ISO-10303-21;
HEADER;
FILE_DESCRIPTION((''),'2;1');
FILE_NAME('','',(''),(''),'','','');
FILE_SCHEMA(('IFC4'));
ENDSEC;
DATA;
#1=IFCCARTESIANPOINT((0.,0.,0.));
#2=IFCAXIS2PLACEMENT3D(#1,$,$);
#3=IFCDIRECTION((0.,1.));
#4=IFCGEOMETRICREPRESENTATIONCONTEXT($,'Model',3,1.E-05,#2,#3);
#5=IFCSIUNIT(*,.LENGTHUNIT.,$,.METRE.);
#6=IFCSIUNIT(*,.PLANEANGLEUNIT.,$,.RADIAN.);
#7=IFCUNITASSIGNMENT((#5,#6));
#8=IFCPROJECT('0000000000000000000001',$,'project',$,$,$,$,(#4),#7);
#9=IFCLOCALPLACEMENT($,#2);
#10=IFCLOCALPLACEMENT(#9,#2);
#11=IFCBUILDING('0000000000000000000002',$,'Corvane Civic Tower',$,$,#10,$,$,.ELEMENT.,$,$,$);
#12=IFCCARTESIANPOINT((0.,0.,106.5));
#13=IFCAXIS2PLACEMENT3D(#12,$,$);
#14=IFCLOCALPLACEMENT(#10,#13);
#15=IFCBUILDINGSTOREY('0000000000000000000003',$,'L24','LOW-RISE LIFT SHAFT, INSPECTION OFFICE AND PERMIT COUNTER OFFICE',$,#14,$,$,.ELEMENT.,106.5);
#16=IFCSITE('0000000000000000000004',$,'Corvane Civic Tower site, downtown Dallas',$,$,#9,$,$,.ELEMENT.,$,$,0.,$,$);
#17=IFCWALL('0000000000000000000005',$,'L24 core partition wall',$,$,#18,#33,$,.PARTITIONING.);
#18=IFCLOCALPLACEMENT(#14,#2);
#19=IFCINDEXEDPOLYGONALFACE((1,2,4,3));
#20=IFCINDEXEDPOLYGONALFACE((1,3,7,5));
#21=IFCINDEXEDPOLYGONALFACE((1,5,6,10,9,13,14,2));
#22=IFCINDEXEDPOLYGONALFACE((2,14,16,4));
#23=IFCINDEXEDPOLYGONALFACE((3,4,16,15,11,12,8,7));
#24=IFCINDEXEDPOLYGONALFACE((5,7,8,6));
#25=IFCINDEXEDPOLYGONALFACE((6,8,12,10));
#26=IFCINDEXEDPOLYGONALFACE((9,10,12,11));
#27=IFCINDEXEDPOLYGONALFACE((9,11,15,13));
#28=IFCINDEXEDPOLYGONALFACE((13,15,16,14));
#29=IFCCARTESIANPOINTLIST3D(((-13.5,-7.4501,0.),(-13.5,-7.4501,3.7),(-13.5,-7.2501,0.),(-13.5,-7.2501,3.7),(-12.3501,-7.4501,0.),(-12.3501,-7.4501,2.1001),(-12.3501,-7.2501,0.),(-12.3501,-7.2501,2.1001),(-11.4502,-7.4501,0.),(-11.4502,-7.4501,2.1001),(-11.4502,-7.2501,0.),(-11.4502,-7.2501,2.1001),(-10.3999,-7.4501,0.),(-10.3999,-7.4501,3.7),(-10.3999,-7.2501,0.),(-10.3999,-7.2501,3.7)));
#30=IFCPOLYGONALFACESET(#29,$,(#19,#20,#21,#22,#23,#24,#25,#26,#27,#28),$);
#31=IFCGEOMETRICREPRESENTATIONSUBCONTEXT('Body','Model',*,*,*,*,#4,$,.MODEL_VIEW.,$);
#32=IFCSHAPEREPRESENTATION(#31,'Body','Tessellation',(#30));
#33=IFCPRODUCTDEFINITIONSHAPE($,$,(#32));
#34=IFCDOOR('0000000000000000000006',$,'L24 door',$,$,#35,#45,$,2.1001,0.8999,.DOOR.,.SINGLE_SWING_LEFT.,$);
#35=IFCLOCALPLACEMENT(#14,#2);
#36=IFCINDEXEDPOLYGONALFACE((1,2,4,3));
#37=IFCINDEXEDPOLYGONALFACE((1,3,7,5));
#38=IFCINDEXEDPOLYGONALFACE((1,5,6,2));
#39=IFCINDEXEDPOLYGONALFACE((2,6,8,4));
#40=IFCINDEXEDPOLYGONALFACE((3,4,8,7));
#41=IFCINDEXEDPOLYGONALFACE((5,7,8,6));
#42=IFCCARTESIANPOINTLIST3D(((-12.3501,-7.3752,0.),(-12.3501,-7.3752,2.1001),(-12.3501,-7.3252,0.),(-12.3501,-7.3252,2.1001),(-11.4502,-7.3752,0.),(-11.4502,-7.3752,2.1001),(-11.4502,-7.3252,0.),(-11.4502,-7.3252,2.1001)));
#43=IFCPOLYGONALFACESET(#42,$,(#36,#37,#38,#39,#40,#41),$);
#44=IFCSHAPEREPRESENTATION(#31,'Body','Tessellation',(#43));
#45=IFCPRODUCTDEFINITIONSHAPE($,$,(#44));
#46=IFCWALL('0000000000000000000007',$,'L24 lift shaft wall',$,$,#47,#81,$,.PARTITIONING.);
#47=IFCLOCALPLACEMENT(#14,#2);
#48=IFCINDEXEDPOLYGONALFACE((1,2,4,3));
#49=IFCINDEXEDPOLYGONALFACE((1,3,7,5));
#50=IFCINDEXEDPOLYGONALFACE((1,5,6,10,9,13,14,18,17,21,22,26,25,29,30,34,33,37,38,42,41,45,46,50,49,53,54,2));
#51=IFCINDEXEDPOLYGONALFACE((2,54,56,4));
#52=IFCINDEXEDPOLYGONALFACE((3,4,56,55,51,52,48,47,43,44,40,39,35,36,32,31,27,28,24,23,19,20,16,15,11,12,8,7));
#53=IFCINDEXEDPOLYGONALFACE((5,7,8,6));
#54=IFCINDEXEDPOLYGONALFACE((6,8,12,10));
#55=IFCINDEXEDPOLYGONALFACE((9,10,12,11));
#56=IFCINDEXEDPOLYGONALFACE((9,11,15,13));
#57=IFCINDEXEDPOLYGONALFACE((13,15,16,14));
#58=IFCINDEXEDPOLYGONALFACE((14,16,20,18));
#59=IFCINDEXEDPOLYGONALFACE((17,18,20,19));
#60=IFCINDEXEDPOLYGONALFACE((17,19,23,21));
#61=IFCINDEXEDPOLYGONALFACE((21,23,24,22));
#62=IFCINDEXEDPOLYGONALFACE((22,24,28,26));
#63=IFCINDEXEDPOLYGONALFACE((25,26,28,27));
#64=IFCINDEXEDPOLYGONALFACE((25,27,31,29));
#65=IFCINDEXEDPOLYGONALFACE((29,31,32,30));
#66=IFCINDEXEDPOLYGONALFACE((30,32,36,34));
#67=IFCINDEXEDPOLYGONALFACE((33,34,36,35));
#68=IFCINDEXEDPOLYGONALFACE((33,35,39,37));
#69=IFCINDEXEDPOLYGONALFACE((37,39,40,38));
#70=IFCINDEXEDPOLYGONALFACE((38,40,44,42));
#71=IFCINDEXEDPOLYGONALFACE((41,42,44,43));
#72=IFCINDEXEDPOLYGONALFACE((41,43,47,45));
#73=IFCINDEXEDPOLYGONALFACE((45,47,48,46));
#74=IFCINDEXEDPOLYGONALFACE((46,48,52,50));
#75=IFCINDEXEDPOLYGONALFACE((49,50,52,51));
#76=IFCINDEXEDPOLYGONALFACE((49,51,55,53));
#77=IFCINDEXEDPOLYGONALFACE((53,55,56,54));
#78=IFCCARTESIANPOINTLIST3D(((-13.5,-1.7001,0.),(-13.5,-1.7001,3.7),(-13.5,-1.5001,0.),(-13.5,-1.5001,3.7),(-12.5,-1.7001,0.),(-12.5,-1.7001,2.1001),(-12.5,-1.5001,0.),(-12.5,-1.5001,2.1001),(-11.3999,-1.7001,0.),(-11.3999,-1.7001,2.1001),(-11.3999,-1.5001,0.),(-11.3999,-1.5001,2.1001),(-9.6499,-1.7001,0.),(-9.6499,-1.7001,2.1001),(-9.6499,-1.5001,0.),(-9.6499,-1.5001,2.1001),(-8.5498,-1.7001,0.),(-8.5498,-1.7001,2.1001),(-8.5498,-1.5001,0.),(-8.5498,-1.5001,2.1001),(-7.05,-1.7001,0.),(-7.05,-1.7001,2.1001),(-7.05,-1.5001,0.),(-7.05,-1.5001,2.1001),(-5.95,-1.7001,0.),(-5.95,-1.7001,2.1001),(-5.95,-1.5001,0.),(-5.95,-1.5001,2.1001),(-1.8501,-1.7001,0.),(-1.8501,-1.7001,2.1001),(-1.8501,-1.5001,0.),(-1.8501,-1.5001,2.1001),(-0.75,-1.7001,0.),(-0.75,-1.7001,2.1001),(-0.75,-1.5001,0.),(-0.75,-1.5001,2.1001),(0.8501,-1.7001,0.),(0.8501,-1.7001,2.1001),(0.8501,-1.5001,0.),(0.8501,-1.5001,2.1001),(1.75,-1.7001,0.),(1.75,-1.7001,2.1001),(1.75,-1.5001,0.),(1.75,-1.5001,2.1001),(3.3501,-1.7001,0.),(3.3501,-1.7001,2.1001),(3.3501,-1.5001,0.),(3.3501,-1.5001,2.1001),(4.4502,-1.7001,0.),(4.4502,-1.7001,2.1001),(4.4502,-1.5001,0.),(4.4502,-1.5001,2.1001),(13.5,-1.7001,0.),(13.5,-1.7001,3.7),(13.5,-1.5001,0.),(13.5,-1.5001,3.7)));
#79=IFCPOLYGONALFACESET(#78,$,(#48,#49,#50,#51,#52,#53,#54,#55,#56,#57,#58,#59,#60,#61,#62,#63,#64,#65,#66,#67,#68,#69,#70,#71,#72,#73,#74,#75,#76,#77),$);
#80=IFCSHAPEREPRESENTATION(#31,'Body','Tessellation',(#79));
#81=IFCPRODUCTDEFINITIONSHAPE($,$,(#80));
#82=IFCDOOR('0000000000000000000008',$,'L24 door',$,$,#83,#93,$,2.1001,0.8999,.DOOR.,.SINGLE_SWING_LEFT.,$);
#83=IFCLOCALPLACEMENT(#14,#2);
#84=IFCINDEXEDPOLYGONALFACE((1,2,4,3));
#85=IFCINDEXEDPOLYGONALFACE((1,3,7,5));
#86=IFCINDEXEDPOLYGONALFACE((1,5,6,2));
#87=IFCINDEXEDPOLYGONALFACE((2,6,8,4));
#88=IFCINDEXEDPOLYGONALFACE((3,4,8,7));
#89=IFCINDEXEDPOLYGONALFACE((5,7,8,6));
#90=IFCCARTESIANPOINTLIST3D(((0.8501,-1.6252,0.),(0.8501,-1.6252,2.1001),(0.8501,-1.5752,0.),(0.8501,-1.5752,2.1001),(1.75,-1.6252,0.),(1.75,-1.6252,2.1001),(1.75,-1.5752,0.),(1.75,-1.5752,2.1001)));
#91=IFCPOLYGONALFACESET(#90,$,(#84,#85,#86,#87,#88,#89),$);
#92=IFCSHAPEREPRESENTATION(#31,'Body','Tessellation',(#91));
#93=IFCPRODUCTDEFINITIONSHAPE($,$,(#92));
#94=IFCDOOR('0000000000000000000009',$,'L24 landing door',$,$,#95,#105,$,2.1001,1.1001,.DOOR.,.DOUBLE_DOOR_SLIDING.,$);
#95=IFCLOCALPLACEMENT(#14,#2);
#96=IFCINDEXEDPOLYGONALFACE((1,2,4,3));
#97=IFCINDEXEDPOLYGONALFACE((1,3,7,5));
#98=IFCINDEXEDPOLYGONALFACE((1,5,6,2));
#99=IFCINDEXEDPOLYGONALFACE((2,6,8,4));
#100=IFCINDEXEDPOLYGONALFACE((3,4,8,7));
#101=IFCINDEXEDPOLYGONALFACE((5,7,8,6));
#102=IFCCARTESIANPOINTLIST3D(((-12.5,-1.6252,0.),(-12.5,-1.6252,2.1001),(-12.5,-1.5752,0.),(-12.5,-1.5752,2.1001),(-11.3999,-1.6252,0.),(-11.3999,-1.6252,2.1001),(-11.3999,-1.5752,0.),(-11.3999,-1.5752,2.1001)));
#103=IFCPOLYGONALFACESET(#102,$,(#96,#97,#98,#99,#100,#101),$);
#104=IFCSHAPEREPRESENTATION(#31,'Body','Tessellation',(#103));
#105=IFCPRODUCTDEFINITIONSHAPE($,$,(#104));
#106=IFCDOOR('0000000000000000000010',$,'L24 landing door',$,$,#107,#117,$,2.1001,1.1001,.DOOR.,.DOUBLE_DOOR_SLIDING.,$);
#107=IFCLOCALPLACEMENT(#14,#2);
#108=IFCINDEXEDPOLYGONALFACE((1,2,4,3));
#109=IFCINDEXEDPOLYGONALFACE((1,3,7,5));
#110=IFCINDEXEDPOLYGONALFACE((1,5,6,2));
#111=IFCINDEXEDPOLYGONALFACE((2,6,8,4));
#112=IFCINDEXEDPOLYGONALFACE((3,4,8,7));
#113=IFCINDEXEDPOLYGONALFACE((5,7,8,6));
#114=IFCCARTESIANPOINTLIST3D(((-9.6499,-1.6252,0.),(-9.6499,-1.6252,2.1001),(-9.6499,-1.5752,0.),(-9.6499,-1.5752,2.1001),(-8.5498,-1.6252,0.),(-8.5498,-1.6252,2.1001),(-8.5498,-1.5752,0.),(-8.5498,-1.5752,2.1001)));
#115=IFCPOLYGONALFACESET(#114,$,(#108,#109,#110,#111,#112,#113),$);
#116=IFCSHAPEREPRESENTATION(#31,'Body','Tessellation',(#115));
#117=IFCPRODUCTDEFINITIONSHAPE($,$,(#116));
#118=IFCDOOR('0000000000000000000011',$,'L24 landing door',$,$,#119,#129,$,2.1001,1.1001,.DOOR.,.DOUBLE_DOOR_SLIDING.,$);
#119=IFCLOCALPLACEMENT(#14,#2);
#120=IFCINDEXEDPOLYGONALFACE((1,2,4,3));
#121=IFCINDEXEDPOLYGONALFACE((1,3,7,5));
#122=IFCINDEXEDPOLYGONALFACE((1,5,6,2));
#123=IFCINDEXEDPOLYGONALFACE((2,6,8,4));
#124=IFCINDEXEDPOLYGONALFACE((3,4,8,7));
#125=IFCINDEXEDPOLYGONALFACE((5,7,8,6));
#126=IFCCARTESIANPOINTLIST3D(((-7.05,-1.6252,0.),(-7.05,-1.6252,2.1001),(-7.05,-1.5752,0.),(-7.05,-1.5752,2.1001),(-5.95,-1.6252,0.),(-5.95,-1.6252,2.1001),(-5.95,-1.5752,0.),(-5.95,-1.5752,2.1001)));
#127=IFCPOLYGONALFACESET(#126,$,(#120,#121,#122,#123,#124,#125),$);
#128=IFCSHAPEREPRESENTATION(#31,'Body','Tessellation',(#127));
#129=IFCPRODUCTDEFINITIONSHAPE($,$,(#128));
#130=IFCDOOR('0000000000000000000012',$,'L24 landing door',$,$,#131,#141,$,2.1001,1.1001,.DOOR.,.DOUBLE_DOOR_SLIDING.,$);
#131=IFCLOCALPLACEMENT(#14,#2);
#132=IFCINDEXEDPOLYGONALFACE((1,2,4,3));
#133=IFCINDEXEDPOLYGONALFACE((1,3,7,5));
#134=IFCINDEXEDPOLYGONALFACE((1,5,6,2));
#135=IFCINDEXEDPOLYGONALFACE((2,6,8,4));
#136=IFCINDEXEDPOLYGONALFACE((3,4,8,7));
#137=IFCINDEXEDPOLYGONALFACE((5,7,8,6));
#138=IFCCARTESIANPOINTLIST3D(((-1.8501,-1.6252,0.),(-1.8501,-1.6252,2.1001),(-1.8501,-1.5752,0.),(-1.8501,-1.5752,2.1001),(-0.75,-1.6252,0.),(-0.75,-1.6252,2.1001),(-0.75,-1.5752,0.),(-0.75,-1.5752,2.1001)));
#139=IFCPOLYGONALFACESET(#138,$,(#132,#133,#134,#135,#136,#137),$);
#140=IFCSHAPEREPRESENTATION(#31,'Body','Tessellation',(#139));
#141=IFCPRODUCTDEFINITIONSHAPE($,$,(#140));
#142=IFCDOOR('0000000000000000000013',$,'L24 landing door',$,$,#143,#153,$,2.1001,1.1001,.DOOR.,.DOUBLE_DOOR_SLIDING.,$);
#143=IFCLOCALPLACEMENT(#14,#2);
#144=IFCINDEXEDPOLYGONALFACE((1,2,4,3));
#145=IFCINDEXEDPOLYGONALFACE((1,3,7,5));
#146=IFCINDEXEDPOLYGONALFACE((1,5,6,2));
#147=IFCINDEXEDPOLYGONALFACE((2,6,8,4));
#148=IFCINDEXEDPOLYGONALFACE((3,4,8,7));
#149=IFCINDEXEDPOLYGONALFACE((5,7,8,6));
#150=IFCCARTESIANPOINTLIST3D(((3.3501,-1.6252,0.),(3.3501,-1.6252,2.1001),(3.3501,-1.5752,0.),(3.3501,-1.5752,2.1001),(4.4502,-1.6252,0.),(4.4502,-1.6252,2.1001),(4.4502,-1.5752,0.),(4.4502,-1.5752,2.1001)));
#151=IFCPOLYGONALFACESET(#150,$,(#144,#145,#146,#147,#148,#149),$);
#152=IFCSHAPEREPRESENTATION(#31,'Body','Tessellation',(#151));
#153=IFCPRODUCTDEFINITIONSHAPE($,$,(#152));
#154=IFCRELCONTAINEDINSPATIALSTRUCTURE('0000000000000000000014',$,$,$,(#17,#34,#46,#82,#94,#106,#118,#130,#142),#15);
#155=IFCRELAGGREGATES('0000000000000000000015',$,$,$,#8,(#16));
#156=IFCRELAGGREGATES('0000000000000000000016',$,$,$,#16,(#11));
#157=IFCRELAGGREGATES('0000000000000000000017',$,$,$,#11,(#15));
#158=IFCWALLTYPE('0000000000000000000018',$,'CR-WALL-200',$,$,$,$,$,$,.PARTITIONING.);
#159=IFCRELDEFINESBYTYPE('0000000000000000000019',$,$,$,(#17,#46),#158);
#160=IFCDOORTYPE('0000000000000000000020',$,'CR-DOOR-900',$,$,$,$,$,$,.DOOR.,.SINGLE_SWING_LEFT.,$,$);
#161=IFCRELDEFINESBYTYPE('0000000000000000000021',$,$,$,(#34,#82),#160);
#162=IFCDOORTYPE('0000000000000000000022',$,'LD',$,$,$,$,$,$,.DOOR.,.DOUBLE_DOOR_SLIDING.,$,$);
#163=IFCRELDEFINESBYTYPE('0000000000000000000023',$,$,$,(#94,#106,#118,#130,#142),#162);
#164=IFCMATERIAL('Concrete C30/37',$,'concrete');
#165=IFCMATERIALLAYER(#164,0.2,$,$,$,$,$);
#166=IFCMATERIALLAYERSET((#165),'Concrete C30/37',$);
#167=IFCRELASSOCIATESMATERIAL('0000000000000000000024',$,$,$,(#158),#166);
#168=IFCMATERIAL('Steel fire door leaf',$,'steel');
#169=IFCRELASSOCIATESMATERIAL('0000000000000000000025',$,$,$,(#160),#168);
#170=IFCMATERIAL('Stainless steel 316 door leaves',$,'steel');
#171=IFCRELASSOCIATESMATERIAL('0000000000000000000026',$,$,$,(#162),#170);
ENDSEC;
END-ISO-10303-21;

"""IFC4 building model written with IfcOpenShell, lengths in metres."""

from ifc_helpers import new_model, si_unit, direction, frame, frame_2d, origin, place, context, subcontext, project, spatial, rectangle, extrude, material, layer, layer_set, type_object, element, fill, save


model = new_model("IFC4")

# Units and contexts
model_context = context("Model", 3, precision=1e-05, world=origin(), true_north=direction((0.0, 1.0)))
body_context = subcontext(model_context, "Body", "Model", "MODEL_VIEW")
ifc_project = project(units=[si_unit("LENGTHUNIT", "METRE"), si_unit("PLANEANGLEUNIT", "RADIAN")], contexts=[model_context])

# Site, building, storey
site_placement = place(None, origin())
site = spatial("IfcSite", under=ifc_project, at=site_placement, Name="Corvane Civic Tower site, downtown Dallas", CompositionType="ELEMENT", RefElevation=0.0)
building_placement = place(site_placement, origin())
building = spatial("IfcBuilding", under=site, at=building_placement, Name="Corvane Civic Tower", CompositionType="ELEMENT")
storey_placement = place(building_placement, frame((0.0, 0.0, 106.5)))
storey = spatial("IfcBuildingStorey", under=building, at=storey_placement, Name="L24", Description="LOW-RISE LIFT SHAFT, INSPECTION OFFICE AND PERMIT COUNTER OFFICE", CompositionType="ELEMENT", Elevation=106.5)

# Wall, opening, door
ifc_material_1 = material(Name="Concrete C30/37", Category="concrete")
ifc_layer_1 = layer(ifc_material_1, 0.2)
ifc_layer_set_1 = layer_set([ifc_layer_1], Name="Concrete C30/37")
wall_type_1 = type_object("IfcWallType", Name="CR-WALL-200", PredefinedType="PARTITIONING", material=ifc_layer_set_1)
wall_1_placement = place(storey_placement, frame((-13.5, -7.3501, 0.0), z_axis=(0.0, 0.0, 1.0), x_axis=(1.0, 0.0, 0.0)))
wall_1 = element("IfcWall", 1, at=wall_1_placement, inside=storey, type_object=wall_type_1, Name="L24 core partition wall", PredefinedType="PARTITIONING", context=body_context, shape_type="SweptSolid", body=[
    extrude(rectangle(XDim=3.1001, YDim=0.2, at=frame_2d((1.55, 0.0))), origin(), (0.0, 0.0, 1.0), 3.7),
])
opening_1_placement = place(wall_1_placement, frame((1.1499, 0.0, 0.0)))
opening_1 = element("IfcOpeningElement", 2, at=opening_1_placement, cuts=wall_1, PredefinedType="OPENING", context=body_context, shape_type="SweptSolid", body=[
    extrude(rectangle(XDim=0.8999, YDim=2.1001, at=frame_2d((0.45, 1.05))), frame((0.0, 0.1099, 0.0), z_axis=(0.0, -1.0, 0.0), x_axis=(1.0, 0.0, 0.0)), (0.0, 0.0, 1.0), 0.22),
])
ifc_material_2 = material(Name="Steel fire door leaf", Category="steel")
door_type_1 = type_object("IfcDoorType", Name="CR-DOOR-900", OperationType="SINGLE_SWING_LEFT", PredefinedType="DOOR", material=ifc_material_2)
door_1_placement = place(opening_1_placement, origin())
door_1 = element("IfcDoor", 3, at=door_1_placement, inside=storey, type_object=door_type_1, Name="L24 door", OperationType="SINGLE_SWING_LEFT", OverallHeight=2.1001, OverallWidth=0.8999, PredefinedType="DOOR", context=body_context, shape_type="SweptSolid", body=[
    extrude(rectangle(XDim=0.8999, YDim=2.1001, at=frame_2d((0.45, 1.05))), frame((0.0, 0.0249, 0.0), z_axis=(0.0, -1.0, 0.0), x_axis=(1.0, 0.0, 0.0)), (0.0, 0.0, 1.0), 0.05),
])
fill(opening_1, door_1)

# Wall, openings, doors
wall_2_placement = place(storey_placement, frame((-13.5, -1.6001, 0.0), z_axis=(0.0, 0.0, 1.0), x_axis=(1.0, 0.0, 0.0)))
wall_2 = element("IfcWall", 4, at=wall_2_placement, inside=storey, type_object=wall_type_1, Name="L24 lift shaft wall", PredefinedType="PARTITIONING", context=body_context, shape_type="SweptSolid", body=[
    extrude(rectangle(XDim=27.0, YDim=0.2, at=frame_2d((13.5, 0.0))), origin(), (0.0, 0.0, 1.0), 3.7),
])
opening_2_placement = place(wall_2_placement, frame((1.0, 0.0, 0.0)))
opening_2 = element("IfcOpeningElement", 5, at=opening_2_placement, cuts=wall_2, PredefinedType="OPENING", context=body_context, shape_type="SweptSolid", body=[
    extrude(rectangle(XDim=1.1001, YDim=2.1001, at=frame_2d((0.55, 1.05))), frame((0.0, 0.1099, 0.0), z_axis=(0.0, -1.0, 0.0), x_axis=(1.0, 0.0, 0.0)), (0.0, 0.0, 1.0), 0.22),
])
opening_3_placement = place(wall_2_placement, frame((3.8501, 0.0, 0.0)))
opening_3 = element("IfcOpeningElement", 6, at=opening_3_placement, cuts=wall_2, PredefinedType="OPENING", context=body_context, shape_type="SweptSolid", body=[
    extrude(rectangle(XDim=1.1001, YDim=2.1001, at=frame_2d((0.55, 1.05))), frame((0.0, 0.1099, 0.0), z_axis=(0.0, -1.0, 0.0), x_axis=(1.0, 0.0, 0.0)), (0.0, 0.0, 1.0), 0.22),
])
opening_4_placement = place(wall_2_placement, frame((6.45, 0.0, 0.0)))
opening_4 = element("IfcOpeningElement", 7, at=opening_4_placement, cuts=wall_2, PredefinedType="OPENING", context=body_context, shape_type="SweptSolid", body=[
    extrude(rectangle(XDim=1.1001, YDim=2.1001, at=frame_2d((0.55, 1.05))), frame((0.0, 0.1099, 0.0), z_axis=(0.0, -1.0, 0.0), x_axis=(1.0, 0.0, 0.0)), (0.0, 0.0, 1.0), 0.22),
])
opening_5_placement = place(wall_2_placement, frame((11.6499, 0.0, 0.0)))
opening_5 = element("IfcOpeningElement", 8, at=opening_5_placement, cuts=wall_2, PredefinedType="OPENING", context=body_context, shape_type="SweptSolid", body=[
    extrude(rectangle(XDim=1.1001, YDim=2.1001, at=frame_2d((0.55, 1.05))), frame((0.0, 0.1099, 0.0), z_axis=(0.0, -1.0, 0.0), x_axis=(1.0, 0.0, 0.0)), (0.0, 0.0, 1.0), 0.22),
])
opening_6_placement = place(wall_2_placement, frame((14.3501, 0.0, 0.0)))
opening_6 = element("IfcOpeningElement", 9, at=opening_6_placement, cuts=wall_2, PredefinedType="OPENING", context=body_context, shape_type="SweptSolid", body=[
    extrude(rectangle(XDim=0.8999, YDim=2.1001, at=frame_2d((0.45, 1.05))), frame((0.0, 0.1099, 0.0), z_axis=(0.0, -1.0, 0.0), x_axis=(1.0, 0.0, 0.0)), (0.0, 0.0, 1.0), 0.22),
])
opening_7_placement = place(wall_2_placement, frame((16.8501, 0.0, 0.0)))
opening_7 = element("IfcOpeningElement", 10, at=opening_7_placement, cuts=wall_2, PredefinedType="OPENING", context=body_context, shape_type="SweptSolid", body=[
    extrude(rectangle(XDim=1.1001, YDim=2.1001, at=frame_2d((0.55, 1.05))), frame((0.0, 0.1099, 0.0), z_axis=(0.0, -1.0, 0.0), x_axis=(1.0, 0.0, 0.0)), (0.0, 0.0, 1.0), 0.22),
])
door_2_placement = place(opening_6_placement, origin())
door_2 = element("IfcDoor", 11, at=door_2_placement, inside=storey, type_object=door_type_1, Name="L24 door", OperationType="SINGLE_SWING_LEFT", OverallHeight=2.1001, OverallWidth=0.8999, PredefinedType="DOOR", context=body_context, shape_type="SweptSolid", body=[
    extrude(rectangle(XDim=0.8999, YDim=2.1001, at=frame_2d((0.45, 1.05))), frame((0.0, 0.0249, 0.0), z_axis=(0.0, -1.0, 0.0), x_axis=(1.0, 0.0, 0.0)), (0.0, 0.0, 1.0), 0.05),
])
fill(opening_6, door_2)
ifc_material_3 = material(Name="Stainless steel 316 door leaves", Category="steel")
door_type_2 = type_object("IfcDoorType", Name="LD", OperationType="DOUBLE_DOOR_SLIDING", PredefinedType="DOOR", material=ifc_material_3)
door_3_placement = place(opening_2_placement, origin())
door_3 = element("IfcDoor", 12, at=door_3_placement, inside=storey, type_object=door_type_2, Name="L24 landing door", OperationType="DOUBLE_DOOR_SLIDING", OverallHeight=2.1001, OverallWidth=1.1001, PredefinedType="DOOR", context=body_context, shape_type="SweptSolid", body=[
    extrude(rectangle(XDim=1.1001, YDim=2.1001, at=frame_2d((0.55, 1.05))), frame((0.0, 0.0249, 0.0), z_axis=(0.0, -1.0, 0.0), x_axis=(1.0, 0.0, 0.0)), (0.0, 0.0, 1.0), 0.05),
])
fill(opening_2, door_3)
door_4_placement = place(opening_3_placement, origin())
door_4 = element("IfcDoor", 13, at=door_4_placement, inside=storey, type_object=door_type_2, Name="L24 landing door", OperationType="DOUBLE_DOOR_SLIDING", OverallHeight=2.1001, OverallWidth=1.1001, PredefinedType="DOOR", context=body_context, shape_type="SweptSolid", body=[
    extrude(rectangle(XDim=1.1001, YDim=2.1001, at=frame_2d((0.55, 1.05))), frame((0.0, 0.0249, 0.0), z_axis=(0.0, -1.0, 0.0), x_axis=(1.0, 0.0, 0.0)), (0.0, 0.0, 1.0), 0.05),
])
fill(opening_3, door_4)
door_5_placement = place(opening_4_placement, origin())
door_5 = element("IfcDoor", 14, at=door_5_placement, inside=storey, type_object=door_type_2, Name="L24 landing door", OperationType="DOUBLE_DOOR_SLIDING", OverallHeight=2.1001, OverallWidth=1.1001, PredefinedType="DOOR", context=body_context, shape_type="SweptSolid", body=[
    extrude(rectangle(XDim=1.1001, YDim=2.1001, at=frame_2d((0.55, 1.05))), frame((0.0, 0.0249, 0.0), z_axis=(0.0, -1.0, 0.0), x_axis=(1.0, 0.0, 0.0)), (0.0, 0.0, 1.0), 0.05),
])
fill(opening_4, door_5)
door_6_placement = place(opening_5_placement, origin())
door_6 = element("IfcDoor", 15, at=door_6_placement, inside=storey, type_object=door_type_2, Name="L24 landing door", OperationType="DOUBLE_DOOR_SLIDING", OverallHeight=2.1001, OverallWidth=1.1001, PredefinedType="DOOR", context=body_context, shape_type="SweptSolid", body=[
    extrude(rectangle(XDim=1.1001, YDim=2.1001, at=frame_2d((0.55, 1.05))), frame((0.0, 0.0249, 0.0), z_axis=(0.0, -1.0, 0.0), x_axis=(1.0, 0.0, 0.0)), (0.0, 0.0, 1.0), 0.05),
])
fill(opening_5, door_6)
door_7_placement = place(opening_7_placement, origin())
door_7 = element("IfcDoor", 16, at=door_7_placement, inside=storey, type_object=door_type_2, Name="L24 landing door", OperationType="DOUBLE_DOOR_SLIDING", OverallHeight=2.1001, OverallWidth=1.1001, PredefinedType="DOOR", context=body_context, shape_type="SweptSolid", body=[
    extrude(rectangle(XDim=1.1001, YDim=2.1001, at=frame_2d((0.55, 1.05))), frame((0.0, 0.0249, 0.0), z_axis=(0.0, -1.0, 0.0), x_axis=(1.0, 0.0, 0.0)), (0.0, 0.0, 1.0), 0.05),
])
fill(opening_7, door_7)

save(model, "model.ifc")
